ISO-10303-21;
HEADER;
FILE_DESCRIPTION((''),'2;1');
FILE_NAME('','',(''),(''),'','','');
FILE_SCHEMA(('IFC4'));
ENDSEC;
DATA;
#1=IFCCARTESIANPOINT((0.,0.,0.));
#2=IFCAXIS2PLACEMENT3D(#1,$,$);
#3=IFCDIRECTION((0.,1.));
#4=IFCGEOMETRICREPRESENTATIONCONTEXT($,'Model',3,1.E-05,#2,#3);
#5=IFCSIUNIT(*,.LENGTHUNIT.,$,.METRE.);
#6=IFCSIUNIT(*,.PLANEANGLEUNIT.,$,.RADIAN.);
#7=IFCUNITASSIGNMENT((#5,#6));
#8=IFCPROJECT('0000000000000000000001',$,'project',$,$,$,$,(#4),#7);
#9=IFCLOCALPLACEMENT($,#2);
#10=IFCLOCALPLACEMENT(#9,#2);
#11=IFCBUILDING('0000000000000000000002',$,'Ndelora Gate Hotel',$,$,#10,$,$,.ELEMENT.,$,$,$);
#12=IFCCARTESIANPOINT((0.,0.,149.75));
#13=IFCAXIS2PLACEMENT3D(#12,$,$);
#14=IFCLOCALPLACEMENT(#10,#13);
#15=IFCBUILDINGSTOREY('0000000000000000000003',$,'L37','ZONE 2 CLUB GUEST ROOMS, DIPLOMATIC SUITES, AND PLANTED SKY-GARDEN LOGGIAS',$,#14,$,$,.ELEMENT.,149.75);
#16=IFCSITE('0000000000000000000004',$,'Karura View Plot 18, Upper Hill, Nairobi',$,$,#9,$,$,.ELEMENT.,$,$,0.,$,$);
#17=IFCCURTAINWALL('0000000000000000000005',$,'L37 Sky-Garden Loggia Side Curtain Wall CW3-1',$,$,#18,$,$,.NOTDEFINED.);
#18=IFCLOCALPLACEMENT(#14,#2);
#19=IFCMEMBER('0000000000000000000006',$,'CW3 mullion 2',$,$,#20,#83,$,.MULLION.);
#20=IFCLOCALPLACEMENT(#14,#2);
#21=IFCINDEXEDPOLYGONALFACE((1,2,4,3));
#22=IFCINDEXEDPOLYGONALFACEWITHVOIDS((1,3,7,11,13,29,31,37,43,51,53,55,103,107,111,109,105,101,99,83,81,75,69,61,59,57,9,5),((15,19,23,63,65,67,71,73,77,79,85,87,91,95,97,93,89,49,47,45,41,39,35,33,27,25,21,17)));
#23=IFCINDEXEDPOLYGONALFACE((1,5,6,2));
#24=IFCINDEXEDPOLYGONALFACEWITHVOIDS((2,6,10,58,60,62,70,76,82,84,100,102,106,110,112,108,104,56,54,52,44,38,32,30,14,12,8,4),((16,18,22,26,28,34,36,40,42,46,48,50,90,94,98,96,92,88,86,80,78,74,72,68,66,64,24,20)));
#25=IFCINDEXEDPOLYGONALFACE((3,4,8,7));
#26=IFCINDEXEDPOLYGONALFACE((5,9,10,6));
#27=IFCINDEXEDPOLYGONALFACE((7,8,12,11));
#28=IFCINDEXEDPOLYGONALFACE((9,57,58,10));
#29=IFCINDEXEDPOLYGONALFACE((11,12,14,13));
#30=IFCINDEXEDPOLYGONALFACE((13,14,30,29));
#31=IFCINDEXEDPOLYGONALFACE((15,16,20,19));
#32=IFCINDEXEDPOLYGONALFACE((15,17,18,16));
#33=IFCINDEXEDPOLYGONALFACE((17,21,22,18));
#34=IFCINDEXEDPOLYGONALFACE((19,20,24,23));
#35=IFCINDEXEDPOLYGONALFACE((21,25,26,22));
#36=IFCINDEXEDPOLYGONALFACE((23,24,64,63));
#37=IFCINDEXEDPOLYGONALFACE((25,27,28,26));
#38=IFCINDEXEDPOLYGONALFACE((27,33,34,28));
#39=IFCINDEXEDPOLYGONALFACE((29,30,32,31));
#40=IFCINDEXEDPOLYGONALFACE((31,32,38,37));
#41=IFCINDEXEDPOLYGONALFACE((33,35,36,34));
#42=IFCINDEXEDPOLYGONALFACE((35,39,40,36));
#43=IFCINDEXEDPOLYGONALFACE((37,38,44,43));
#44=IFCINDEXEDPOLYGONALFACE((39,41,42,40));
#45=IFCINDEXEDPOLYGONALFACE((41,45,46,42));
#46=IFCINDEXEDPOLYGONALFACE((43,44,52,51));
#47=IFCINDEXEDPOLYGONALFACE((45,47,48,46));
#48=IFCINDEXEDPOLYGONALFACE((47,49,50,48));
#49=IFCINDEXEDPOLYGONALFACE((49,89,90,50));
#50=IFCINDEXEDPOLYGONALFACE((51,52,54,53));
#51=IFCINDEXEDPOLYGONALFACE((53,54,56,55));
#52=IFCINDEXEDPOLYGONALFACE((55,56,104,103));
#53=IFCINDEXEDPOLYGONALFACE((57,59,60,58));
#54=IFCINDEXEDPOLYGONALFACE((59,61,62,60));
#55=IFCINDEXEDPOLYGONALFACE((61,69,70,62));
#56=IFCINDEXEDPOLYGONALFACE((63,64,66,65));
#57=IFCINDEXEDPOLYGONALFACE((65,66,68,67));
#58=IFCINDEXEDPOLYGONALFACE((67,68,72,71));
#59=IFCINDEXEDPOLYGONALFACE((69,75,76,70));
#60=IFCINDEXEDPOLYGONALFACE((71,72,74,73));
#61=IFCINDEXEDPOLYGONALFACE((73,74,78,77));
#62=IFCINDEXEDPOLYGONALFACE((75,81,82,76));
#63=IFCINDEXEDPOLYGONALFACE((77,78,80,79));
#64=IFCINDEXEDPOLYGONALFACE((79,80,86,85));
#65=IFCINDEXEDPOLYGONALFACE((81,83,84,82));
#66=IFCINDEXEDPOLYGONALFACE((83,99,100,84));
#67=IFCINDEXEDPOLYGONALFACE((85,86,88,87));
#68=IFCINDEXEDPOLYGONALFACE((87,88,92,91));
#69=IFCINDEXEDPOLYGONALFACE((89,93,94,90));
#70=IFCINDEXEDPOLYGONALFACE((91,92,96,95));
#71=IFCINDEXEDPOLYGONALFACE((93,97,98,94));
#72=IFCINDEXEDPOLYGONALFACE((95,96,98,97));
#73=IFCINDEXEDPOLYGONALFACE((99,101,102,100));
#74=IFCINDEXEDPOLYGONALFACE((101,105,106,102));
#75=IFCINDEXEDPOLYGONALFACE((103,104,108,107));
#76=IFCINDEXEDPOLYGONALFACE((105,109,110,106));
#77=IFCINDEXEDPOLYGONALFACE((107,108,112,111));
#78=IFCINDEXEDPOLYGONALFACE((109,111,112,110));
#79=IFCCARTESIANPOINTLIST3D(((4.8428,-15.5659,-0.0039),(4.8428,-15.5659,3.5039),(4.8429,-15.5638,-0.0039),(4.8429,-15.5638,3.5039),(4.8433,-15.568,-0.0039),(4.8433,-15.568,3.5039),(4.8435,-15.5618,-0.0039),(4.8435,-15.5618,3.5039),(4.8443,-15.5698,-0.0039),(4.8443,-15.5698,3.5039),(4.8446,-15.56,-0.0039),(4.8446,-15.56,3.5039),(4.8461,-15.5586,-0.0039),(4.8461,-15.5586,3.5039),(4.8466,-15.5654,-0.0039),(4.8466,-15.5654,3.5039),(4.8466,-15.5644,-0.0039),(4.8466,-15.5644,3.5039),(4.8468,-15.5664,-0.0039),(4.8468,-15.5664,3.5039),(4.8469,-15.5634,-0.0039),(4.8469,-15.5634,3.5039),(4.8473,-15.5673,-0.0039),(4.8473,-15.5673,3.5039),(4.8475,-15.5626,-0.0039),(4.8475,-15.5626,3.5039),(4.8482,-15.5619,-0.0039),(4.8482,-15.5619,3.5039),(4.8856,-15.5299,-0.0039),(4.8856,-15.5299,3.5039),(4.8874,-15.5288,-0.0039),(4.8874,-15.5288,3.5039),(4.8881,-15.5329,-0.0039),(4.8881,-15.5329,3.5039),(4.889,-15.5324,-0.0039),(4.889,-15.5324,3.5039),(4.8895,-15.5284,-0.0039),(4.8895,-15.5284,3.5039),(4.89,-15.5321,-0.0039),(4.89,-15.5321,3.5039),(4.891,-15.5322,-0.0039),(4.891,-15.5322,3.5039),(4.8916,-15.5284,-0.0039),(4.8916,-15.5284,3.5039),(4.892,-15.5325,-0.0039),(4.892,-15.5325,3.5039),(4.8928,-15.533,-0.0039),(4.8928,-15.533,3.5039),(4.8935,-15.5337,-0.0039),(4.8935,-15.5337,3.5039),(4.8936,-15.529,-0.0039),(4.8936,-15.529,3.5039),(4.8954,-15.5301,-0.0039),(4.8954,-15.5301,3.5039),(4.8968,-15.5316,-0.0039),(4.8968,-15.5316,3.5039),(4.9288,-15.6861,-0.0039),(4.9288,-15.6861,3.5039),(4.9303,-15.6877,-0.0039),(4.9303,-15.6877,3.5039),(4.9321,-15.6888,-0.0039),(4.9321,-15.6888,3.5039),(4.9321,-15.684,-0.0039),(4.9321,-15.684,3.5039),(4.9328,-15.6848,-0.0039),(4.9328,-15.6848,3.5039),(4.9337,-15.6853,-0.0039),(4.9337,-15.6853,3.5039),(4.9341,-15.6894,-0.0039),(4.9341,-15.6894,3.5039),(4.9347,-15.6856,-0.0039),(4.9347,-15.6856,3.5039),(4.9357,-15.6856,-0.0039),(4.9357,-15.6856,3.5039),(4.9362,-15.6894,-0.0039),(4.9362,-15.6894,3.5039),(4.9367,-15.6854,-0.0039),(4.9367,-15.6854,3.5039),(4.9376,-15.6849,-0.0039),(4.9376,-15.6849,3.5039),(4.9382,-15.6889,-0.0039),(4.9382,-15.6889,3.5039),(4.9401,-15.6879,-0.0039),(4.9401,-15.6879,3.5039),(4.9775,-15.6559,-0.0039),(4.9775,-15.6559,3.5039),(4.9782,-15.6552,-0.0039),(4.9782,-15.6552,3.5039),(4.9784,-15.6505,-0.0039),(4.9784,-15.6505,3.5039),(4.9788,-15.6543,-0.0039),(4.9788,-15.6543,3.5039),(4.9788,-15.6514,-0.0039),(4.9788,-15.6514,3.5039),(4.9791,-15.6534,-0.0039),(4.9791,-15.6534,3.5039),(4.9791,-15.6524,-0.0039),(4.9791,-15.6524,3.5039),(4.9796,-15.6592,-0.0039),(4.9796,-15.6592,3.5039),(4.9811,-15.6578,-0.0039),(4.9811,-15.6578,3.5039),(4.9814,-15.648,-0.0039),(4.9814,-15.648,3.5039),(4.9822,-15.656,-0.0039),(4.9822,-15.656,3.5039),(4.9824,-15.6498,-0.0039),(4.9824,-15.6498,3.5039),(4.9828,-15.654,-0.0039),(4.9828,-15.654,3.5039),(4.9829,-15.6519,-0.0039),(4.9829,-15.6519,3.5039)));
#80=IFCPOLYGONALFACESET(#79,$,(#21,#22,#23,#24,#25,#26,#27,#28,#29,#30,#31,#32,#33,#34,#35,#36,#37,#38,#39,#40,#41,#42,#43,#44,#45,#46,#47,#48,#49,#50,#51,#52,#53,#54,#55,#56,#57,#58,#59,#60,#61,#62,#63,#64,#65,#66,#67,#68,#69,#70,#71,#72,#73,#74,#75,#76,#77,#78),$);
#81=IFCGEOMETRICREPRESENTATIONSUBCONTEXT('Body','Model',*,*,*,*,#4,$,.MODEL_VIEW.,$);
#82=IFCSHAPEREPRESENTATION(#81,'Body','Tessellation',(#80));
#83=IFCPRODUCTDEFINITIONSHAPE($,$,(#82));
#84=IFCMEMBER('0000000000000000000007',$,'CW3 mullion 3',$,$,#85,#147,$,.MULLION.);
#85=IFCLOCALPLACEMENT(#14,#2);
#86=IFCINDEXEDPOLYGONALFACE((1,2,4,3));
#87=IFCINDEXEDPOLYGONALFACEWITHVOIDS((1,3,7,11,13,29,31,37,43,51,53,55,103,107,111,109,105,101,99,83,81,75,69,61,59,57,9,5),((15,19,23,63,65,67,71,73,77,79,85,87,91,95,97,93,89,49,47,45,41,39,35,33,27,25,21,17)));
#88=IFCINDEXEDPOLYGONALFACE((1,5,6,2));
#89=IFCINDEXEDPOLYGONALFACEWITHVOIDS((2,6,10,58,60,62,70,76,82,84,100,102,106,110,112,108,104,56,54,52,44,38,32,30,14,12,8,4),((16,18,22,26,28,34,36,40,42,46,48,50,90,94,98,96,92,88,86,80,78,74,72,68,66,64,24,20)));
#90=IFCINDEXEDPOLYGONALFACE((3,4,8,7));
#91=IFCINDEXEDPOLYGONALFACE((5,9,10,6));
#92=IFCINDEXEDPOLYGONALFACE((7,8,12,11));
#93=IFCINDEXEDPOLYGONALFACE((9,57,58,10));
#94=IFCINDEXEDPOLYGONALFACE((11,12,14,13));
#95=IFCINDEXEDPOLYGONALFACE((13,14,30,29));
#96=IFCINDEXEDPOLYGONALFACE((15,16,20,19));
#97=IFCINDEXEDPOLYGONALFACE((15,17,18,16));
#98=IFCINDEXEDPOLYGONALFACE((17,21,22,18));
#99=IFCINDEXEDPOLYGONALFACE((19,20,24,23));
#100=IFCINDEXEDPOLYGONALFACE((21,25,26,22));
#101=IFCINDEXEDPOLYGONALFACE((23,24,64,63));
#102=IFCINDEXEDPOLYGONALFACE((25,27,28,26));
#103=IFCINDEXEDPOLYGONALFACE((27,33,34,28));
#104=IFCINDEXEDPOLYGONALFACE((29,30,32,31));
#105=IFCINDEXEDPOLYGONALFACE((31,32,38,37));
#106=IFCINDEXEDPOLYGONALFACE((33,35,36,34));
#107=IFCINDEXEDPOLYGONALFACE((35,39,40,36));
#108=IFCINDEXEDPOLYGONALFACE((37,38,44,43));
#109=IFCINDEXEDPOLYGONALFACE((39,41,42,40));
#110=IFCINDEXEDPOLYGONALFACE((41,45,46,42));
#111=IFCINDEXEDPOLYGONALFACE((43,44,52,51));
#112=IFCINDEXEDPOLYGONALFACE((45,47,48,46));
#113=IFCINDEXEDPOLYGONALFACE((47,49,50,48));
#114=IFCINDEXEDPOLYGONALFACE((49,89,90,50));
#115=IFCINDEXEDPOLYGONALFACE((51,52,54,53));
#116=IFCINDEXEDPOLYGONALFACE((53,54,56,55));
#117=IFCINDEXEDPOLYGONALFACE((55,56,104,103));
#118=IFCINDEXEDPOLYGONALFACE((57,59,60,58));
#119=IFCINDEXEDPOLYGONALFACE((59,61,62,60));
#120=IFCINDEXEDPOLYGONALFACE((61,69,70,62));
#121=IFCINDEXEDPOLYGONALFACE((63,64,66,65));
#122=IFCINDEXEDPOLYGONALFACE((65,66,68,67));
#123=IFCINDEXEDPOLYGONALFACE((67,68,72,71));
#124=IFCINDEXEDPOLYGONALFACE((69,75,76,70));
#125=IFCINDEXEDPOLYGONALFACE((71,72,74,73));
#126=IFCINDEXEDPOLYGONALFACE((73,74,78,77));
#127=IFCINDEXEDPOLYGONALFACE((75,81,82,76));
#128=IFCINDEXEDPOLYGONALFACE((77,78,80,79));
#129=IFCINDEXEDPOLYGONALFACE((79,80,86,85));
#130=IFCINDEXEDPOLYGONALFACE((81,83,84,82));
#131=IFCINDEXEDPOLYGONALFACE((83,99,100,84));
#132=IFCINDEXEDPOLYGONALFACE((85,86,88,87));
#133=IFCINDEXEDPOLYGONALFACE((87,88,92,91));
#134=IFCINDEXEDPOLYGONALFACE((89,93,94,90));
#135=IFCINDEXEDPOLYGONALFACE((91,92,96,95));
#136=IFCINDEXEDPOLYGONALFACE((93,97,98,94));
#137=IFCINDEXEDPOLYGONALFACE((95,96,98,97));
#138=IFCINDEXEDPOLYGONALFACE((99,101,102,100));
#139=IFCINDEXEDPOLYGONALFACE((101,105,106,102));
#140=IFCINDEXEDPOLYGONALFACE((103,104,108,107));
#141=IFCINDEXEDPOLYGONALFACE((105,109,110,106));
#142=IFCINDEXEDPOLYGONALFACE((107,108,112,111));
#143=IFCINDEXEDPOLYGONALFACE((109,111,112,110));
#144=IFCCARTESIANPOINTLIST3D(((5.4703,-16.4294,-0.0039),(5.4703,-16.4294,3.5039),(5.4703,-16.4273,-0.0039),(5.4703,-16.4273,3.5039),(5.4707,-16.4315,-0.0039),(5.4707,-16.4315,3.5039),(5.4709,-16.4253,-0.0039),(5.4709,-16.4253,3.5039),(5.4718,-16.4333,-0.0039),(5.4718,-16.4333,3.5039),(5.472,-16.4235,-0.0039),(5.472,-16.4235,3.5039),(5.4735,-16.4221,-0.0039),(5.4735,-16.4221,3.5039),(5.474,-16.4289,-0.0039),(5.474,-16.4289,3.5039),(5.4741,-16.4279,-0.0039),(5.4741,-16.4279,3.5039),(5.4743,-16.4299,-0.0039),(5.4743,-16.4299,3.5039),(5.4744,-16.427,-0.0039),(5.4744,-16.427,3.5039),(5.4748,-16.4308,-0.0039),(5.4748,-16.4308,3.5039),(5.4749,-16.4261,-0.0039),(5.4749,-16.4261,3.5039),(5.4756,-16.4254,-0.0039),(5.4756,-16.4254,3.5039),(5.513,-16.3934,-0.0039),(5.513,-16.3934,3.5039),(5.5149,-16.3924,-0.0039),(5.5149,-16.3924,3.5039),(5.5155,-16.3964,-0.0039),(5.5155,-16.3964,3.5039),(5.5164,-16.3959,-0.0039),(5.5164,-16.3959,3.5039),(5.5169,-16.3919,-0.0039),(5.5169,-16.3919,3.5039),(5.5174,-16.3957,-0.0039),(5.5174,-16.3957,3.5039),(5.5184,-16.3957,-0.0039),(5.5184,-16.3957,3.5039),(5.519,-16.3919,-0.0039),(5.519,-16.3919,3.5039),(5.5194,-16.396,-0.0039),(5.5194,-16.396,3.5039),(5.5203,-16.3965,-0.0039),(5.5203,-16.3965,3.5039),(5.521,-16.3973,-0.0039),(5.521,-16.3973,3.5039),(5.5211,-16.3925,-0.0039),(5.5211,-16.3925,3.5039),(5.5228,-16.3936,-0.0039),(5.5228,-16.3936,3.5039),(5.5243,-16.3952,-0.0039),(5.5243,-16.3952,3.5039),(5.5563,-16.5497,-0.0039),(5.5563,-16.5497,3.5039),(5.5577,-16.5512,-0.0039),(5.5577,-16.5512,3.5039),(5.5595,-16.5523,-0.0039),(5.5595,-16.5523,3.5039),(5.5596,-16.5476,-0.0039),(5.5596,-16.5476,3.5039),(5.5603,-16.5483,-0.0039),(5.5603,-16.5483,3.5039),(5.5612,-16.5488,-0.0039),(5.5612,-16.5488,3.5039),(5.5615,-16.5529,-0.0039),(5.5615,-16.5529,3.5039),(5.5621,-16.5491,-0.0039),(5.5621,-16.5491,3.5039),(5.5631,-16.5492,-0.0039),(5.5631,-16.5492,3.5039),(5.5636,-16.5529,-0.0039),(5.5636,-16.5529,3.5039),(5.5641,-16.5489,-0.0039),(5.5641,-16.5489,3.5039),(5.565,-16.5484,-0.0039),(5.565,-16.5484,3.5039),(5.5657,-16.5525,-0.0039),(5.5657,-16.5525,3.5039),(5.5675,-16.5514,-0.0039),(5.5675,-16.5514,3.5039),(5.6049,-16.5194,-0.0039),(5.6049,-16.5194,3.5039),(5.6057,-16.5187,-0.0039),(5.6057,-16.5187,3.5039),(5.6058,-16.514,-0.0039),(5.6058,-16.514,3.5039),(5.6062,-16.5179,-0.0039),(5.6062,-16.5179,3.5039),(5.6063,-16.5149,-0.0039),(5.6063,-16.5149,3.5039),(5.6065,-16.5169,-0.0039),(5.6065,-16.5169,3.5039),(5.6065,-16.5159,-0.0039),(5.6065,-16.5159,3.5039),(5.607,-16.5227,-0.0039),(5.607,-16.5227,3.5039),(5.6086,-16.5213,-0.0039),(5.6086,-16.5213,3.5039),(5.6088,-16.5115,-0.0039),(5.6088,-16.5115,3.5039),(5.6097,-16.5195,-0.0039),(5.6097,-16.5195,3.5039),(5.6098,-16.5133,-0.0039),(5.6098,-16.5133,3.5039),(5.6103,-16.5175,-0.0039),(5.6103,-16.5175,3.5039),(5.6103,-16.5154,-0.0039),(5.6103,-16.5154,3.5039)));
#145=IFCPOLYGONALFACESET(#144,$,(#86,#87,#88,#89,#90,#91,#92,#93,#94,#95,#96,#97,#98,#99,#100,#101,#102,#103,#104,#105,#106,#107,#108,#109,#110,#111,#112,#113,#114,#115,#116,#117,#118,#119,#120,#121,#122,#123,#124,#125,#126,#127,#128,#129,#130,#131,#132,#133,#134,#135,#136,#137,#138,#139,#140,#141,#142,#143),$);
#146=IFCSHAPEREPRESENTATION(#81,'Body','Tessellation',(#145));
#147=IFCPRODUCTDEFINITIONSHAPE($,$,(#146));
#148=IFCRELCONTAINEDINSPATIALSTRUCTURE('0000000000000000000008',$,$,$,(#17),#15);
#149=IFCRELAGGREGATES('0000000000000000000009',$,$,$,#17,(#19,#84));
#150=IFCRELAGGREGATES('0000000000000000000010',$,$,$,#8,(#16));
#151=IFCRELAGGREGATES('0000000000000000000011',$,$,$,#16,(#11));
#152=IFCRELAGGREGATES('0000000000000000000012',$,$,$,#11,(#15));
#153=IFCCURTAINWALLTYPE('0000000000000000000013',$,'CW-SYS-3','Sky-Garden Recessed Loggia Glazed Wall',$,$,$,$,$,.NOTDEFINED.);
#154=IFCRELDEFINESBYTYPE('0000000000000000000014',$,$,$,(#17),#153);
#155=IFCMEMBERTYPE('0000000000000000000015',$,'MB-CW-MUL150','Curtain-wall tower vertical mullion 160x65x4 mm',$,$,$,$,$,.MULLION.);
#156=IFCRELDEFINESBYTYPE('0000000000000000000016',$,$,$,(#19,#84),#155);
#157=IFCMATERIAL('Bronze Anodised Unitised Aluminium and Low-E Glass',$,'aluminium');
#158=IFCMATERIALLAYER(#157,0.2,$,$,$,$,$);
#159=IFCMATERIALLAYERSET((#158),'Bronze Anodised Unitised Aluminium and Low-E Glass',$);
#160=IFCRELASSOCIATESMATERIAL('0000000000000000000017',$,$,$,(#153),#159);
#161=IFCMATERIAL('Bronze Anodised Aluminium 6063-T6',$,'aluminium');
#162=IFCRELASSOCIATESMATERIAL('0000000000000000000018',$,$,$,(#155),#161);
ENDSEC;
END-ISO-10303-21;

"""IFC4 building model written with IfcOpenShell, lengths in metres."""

from ifc_helpers import new_model, si_unit, direction, frame, origin, origin_2d, place, context, subcontext, project, spatial, hollow_rectangle, extrude, material, layer, layer_set, material_profile, profile_set, type_object, element, aggregate, save


model = new_model("IFC4")

# Units and contexts
model_context = context("Model", 3, precision=1e-05, world=origin(), true_north=direction((0.0, 1.0)))
body_context = subcontext(model_context, "Body", "Model", "MODEL_VIEW")
ifc_project = project(units=[si_unit("LENGTHUNIT", "METRE"), si_unit("PLANEANGLEUNIT", "RADIAN")], contexts=[model_context])

# Site, building, storey
site_placement = place(None, origin())
site = spatial("IfcSite", under=ifc_project, at=site_placement, Name="Karura View Plot 18, Upper Hill, Nairobi", CompositionType="ELEMENT", RefElevation=0.0)
building_placement = place(site_placement, origin())
building = spatial("IfcBuilding", under=site, at=building_placement, Name="Ndelora Gate Hotel", CompositionType="ELEMENT")
storey_placement = place(building_placement, frame((0.0, 0.0, 149.75)))
storey = spatial("IfcBuildingStorey", under=building, at=storey_placement, Name="L37", Description="ZONE 2 CLUB GUEST ROOMS, DIPLOMATIC SUITES, AND PLANTED SKY-GARDEN LOGGIAS", CompositionType="ELEMENT", Elevation=149.75)

# Curtain wall, members
ifc_material_1 = material(Name="Bronze Anodised Unitised Aluminium and Low-E Glass", Category="aluminium")
ifc_layer_1 = layer(ifc_material_1, 0.2)
ifc_layer_set_1 = layer_set([ifc_layer_1], Name="Bronze Anodised Unitised Aluminium and Low-E Glass")
curtain_wall_type = type_object("IfcCurtainWallType", Name="CW-SYS-3", Description="Sky-Garden Recessed Loggia Glazed Wall", PredefinedType="NOTDEFINED", material=ifc_layer_set_1)
curtain_wall_placement = place(storey_placement, origin())
curtain_wall = element("IfcCurtainWall", 1, at=curtain_wall_placement, inside=storey, type_object=curtain_wall_type, Name="L37 Sky-Garden Loggia Side Curtain Wall CW3-1", PredefinedType="NOTDEFINED")
ifc_material_2 = material(Name="Bronze Anodised Aluminium 6063-T6", Category="aluminium")
ifc_material_profile_1 = material_profile(ifc_material_2, hollow_rectangle(XDim=0.0649, YDim=0.1599, WallThickness=0.0039, InnerFilletRadius=0.0039, OuterFilletRadius=0.0081, at=origin_2d()), Name="ALU 160x65x4")
ifc_profile_set_1 = profile_set([ifc_material_profile_1], Name="Bronze Anodised Aluminium 6063-T6")
member_type_1 = type_object("IfcMemberType", Name="MB-CW-MUL150", Description="Curtain-wall tower vertical mullion 160x65x4 mm", PredefinedType="MULLION", material=ifc_profile_set_1)
member_1_placement = place(storey_placement, frame((4.9128, -15.6089, -0.0039), z_axis=(0.0, 0.0, 1.0), x_axis=(0.809017, 0.587785, 0.0)))
member_1 = element("IfcMember", 2, at=member_1_placement, type_object=member_type_1, Name="CW3 mullion 2", PredefinedType="MULLION", context=body_context, shape_type="SweptSolid", body=[
    extrude(hollow_rectangle(XDim=0.0649, YDim=0.1599, WallThickness=0.0039, InnerFilletRadius=0.0039, OuterFilletRadius=0.0081, at=origin_2d()), origin(), (0.0, 0.0, 1.0), 3.5078),
])
member_2_placement = place(storey_placement, frame((5.5403, -16.4724, -0.0039), z_axis=(0.0, 0.0, 1.0), x_axis=(0.809017, 0.587785, 0.0)))
member_2 = element("IfcMember", 3, at=member_2_placement, type_object=member_type_1, Name="CW3 mullion 3", PredefinedType="MULLION", context=body_context, shape_type="SweptSolid", body=[
    extrude(hollow_rectangle(XDim=0.0649, YDim=0.1599, WallThickness=0.0039, InnerFilletRadius=0.0039, OuterFilletRadius=0.0081, at=origin_2d()), origin(), (0.0, 0.0, 1.0), 3.5078),
])
aggregate(curtain_wall, [member_1, member_2])

save(model, "model.ifc")
